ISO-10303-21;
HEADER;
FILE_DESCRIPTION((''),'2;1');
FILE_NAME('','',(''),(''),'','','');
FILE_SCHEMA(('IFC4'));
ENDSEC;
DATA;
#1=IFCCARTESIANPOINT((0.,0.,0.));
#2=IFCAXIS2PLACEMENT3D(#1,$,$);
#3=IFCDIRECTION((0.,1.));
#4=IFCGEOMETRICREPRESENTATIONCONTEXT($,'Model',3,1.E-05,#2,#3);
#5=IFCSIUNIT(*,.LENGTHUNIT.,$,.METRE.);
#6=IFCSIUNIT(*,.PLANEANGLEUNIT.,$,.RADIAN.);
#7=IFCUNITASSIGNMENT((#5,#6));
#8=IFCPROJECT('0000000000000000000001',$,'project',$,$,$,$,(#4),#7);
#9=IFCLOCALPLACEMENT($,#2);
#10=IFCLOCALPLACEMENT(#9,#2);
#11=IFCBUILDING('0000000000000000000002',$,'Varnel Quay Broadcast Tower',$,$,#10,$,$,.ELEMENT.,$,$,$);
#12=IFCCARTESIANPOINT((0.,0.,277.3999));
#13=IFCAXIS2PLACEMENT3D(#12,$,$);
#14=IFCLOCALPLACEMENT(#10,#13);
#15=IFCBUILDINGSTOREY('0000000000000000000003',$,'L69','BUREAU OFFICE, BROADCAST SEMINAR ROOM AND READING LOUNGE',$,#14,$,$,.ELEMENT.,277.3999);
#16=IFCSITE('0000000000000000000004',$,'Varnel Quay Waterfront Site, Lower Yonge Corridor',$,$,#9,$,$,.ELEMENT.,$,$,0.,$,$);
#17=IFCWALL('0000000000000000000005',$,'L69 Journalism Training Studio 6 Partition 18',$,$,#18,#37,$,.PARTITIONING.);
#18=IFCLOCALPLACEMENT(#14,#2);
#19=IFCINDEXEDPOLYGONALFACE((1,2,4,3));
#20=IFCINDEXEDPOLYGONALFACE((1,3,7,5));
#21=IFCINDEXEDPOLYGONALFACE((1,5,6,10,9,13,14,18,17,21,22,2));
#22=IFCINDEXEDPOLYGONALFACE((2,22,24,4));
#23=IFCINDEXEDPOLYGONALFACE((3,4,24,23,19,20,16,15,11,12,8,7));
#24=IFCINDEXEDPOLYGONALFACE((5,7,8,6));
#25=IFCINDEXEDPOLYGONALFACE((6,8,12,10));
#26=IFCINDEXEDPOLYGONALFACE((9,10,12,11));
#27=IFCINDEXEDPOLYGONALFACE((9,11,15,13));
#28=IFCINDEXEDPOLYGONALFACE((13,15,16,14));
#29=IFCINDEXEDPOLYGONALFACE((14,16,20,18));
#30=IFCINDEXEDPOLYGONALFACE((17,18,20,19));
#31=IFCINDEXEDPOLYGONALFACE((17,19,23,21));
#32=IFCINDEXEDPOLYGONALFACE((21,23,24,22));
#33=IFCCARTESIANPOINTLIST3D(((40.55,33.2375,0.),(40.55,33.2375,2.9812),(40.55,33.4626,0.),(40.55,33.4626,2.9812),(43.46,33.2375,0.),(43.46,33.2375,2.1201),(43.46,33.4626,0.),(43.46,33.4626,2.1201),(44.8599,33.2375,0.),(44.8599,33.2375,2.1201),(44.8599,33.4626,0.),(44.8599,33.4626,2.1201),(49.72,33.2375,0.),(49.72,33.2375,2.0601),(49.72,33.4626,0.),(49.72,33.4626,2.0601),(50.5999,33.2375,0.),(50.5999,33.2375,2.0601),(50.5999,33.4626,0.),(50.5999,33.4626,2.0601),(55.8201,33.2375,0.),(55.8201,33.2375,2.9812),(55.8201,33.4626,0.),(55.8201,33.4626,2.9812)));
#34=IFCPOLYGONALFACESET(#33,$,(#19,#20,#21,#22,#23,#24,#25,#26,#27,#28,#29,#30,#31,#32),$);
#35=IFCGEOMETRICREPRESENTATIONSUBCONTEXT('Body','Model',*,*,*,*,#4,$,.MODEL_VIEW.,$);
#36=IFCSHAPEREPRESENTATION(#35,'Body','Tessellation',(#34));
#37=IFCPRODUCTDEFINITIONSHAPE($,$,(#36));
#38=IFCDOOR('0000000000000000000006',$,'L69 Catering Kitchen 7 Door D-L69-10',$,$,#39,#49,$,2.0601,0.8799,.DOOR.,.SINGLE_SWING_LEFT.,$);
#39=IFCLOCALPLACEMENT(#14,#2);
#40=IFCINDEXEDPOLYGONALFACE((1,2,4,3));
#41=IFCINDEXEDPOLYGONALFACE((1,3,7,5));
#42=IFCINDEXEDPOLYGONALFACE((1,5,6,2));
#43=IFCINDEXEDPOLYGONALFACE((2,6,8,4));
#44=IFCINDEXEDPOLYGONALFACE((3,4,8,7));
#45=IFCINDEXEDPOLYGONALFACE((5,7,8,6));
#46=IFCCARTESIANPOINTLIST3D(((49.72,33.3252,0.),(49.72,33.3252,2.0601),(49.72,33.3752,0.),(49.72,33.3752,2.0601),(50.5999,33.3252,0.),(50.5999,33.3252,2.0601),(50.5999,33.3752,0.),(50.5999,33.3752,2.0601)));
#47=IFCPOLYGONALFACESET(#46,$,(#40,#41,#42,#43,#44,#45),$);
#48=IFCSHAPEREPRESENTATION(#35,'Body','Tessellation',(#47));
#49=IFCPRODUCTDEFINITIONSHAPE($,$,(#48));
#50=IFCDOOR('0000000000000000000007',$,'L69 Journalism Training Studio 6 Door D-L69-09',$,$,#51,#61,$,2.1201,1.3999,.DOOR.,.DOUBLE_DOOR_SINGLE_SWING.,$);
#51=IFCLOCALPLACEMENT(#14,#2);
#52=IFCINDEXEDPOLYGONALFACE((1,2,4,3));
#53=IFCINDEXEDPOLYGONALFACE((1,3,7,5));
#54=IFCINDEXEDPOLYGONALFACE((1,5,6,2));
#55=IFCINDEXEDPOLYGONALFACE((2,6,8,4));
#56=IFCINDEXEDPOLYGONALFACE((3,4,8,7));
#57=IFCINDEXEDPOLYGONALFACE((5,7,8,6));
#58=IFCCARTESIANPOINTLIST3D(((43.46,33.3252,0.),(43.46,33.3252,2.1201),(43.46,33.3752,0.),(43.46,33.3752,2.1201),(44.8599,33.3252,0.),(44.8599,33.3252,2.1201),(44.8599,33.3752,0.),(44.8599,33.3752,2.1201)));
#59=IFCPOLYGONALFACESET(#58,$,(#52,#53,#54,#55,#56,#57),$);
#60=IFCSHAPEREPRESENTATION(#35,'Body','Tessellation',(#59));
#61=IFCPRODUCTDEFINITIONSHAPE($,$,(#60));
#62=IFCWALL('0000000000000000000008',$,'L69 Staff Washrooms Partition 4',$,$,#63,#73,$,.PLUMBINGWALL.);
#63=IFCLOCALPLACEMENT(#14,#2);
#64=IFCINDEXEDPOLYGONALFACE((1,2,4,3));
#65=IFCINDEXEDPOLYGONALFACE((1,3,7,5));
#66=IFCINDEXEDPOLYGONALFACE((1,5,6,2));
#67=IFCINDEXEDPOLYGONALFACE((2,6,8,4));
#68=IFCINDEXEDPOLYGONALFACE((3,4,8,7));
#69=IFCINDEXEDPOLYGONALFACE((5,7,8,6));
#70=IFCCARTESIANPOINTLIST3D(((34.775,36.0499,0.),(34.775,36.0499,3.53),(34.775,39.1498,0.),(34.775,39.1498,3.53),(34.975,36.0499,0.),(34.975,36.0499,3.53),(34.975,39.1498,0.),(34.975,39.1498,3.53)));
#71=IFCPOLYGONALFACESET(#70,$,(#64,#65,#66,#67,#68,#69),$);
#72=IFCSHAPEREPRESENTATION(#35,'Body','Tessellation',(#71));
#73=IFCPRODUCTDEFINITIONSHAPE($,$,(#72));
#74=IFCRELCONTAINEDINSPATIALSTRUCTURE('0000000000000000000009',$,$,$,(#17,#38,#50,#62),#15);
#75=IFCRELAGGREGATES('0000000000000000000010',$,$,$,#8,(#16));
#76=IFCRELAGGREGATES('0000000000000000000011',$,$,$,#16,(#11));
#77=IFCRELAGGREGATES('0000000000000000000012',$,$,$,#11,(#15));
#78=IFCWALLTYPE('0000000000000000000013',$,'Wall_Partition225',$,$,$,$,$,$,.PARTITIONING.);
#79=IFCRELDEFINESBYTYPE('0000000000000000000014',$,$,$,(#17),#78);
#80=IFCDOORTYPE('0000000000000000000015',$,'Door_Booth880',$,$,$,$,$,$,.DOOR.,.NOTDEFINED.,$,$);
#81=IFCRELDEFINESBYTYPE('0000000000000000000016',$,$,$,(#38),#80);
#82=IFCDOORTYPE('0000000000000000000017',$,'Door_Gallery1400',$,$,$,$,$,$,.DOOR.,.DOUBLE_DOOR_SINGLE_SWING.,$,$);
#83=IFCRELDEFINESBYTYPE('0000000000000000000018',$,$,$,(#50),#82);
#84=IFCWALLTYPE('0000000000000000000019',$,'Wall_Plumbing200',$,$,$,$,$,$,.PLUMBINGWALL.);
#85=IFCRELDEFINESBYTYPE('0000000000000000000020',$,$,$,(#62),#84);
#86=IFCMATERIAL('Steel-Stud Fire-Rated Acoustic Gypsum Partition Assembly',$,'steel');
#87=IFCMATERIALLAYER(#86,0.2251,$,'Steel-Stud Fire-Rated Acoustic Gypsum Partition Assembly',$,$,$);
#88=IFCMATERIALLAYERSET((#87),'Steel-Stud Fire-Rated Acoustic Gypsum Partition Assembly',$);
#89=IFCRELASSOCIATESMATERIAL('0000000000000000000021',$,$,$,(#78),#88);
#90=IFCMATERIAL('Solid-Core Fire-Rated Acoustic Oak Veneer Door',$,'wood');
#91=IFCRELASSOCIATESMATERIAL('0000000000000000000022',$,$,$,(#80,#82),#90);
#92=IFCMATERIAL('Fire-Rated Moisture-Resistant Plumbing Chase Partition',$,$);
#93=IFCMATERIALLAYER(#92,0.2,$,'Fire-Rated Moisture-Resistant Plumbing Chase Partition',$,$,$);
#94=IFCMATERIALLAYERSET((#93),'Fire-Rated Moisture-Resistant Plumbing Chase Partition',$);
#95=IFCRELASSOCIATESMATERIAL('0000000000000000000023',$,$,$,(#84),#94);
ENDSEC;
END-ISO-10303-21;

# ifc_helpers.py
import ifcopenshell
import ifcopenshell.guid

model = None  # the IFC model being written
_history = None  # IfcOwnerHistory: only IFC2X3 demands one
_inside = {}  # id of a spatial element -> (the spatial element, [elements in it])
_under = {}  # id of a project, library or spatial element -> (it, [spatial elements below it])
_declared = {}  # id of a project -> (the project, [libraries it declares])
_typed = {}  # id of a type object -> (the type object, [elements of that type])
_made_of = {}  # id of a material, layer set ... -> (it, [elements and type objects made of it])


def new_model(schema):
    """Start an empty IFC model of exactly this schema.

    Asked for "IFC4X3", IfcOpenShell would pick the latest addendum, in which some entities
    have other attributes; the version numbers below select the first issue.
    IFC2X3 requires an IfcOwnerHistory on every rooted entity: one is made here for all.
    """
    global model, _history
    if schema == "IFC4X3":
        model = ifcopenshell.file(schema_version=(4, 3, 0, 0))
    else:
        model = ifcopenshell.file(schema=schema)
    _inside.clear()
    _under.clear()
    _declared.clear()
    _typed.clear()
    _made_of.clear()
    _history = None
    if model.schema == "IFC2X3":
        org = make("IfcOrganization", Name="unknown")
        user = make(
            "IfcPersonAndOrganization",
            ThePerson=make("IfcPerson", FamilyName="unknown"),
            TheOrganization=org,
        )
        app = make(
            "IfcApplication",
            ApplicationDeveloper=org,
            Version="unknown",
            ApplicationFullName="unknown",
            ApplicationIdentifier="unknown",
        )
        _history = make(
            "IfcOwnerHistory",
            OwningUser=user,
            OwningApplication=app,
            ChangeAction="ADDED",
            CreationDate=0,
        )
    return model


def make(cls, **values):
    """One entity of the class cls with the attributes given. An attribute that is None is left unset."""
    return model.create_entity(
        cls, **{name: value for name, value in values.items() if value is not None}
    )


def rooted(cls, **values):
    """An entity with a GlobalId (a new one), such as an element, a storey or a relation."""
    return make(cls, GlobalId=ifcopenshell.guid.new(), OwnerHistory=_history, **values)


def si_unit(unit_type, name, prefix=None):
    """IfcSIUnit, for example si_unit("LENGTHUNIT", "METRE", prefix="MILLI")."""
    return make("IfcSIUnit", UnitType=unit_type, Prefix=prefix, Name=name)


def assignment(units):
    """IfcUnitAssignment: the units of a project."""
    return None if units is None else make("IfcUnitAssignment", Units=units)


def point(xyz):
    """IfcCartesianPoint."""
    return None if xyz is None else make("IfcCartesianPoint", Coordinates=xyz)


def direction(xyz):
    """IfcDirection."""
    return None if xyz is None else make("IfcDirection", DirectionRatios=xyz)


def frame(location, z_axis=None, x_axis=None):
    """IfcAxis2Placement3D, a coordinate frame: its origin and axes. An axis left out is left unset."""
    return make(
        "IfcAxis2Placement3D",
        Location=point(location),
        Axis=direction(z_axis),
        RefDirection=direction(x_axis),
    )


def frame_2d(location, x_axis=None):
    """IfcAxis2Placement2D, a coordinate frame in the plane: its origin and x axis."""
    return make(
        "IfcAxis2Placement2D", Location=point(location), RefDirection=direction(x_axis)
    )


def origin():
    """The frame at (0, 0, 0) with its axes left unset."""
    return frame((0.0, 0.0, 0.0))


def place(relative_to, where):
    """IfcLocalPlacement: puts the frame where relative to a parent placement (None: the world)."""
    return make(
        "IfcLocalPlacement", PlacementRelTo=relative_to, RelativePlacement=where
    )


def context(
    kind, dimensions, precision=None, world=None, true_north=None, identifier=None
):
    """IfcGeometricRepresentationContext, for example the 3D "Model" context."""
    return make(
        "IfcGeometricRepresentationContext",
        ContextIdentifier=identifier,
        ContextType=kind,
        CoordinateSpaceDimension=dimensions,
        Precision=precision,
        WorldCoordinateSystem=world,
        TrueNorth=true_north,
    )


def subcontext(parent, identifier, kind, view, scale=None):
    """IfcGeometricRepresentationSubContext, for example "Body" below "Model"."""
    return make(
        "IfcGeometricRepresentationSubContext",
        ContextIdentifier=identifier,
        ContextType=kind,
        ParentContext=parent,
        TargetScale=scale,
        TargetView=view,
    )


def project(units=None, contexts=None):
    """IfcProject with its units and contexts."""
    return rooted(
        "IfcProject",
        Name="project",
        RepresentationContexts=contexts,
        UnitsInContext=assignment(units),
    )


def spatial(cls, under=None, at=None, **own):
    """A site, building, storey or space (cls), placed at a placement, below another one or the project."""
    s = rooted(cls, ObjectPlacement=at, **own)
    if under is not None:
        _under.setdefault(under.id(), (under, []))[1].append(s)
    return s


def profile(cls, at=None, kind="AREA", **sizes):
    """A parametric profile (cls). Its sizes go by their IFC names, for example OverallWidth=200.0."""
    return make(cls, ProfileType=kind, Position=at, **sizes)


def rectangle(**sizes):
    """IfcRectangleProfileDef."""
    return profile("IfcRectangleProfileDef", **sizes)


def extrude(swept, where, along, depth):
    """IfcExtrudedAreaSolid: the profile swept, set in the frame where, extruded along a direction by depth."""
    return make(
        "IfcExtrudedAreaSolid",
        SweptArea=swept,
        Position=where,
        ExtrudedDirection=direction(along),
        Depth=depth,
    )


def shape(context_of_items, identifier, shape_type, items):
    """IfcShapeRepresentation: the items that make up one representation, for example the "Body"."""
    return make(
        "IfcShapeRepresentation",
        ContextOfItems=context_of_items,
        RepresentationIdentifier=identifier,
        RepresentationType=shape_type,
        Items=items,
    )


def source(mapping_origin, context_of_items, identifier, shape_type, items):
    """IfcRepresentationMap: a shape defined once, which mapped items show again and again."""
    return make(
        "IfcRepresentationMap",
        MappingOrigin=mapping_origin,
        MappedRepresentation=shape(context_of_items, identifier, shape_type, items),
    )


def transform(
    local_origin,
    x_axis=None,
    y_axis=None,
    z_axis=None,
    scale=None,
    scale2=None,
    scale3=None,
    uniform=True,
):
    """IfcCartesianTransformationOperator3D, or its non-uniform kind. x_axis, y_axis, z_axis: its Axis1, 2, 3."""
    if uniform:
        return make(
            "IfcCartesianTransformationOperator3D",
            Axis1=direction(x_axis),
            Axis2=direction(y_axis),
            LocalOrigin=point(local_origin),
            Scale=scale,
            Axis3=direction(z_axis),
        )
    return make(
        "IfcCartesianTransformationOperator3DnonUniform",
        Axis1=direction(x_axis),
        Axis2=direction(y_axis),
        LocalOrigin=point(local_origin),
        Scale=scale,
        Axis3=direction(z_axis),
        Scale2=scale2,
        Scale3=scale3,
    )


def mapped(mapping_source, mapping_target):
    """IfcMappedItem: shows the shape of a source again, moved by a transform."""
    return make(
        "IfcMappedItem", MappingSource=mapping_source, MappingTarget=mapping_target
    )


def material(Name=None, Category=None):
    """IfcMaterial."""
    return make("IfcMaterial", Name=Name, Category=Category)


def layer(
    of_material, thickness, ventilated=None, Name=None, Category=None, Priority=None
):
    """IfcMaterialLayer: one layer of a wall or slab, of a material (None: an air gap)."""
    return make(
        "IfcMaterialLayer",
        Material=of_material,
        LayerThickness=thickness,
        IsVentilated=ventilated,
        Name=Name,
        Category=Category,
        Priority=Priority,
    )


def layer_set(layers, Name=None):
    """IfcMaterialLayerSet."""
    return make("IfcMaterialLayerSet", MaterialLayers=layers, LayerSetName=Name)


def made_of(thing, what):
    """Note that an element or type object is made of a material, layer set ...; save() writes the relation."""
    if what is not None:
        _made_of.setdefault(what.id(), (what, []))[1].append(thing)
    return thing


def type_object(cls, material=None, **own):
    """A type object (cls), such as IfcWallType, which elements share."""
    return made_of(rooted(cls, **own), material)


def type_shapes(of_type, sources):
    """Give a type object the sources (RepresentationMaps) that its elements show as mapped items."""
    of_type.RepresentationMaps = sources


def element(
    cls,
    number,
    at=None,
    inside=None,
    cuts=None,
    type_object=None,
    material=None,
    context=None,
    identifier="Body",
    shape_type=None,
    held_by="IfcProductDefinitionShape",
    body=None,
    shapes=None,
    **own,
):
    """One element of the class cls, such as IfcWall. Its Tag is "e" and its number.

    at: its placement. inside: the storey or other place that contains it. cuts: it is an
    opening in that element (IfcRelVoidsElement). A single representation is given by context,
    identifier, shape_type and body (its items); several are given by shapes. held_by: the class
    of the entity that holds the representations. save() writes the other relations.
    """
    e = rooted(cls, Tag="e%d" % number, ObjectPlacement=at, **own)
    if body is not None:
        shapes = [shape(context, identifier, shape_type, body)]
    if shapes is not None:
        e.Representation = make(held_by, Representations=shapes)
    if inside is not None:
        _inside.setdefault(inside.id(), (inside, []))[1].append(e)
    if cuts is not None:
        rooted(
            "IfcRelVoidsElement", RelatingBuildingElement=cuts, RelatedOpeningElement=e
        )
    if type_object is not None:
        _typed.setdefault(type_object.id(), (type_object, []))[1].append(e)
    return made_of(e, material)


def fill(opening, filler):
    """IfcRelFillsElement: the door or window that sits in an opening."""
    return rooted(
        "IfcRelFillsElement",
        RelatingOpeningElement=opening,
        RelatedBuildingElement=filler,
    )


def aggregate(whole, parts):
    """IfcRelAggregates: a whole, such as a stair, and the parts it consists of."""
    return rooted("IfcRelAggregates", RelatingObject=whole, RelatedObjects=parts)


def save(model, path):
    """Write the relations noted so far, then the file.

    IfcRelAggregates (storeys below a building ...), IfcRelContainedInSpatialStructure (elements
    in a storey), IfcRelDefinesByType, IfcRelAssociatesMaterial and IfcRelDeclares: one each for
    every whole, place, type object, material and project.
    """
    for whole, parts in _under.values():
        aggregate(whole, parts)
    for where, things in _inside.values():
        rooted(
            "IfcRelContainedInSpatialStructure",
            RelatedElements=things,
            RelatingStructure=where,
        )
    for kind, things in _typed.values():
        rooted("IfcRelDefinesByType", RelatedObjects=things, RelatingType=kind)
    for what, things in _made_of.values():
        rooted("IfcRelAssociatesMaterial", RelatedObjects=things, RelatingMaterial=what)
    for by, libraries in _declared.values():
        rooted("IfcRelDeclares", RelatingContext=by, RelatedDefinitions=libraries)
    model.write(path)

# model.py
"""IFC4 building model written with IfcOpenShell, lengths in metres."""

from ifc_helpers import new_model, si_unit, direction, frame, frame_2d, origin, place, context, subcontext, project, spatial, rectangle, extrude, source, transform, mapped, material, layer, layer_set, type_object, type_shapes, element, fill, save


model = new_model("IFC4")

# Units and contexts
model_context = context("Model", 3, precision=1e-05, world=origin(), true_north=direction((0.0, 1.0)))
body_context = subcontext(model_context, "Body", "Model", "MODEL_VIEW")
ifc_project = project(units=[si_unit("LENGTHUNIT", "METRE"), si_unit("PLANEANGLEUNIT", "RADIAN")], contexts=[model_context])

# Site, building, storey
site_placement = place(None, origin())
site = spatial("IfcSite", under=ifc_project, at=site_placement, Name="Varnel Quay Waterfront Site, Lower Yonge Corridor", CompositionType="ELEMENT", RefElevation=0.0)
building_placement = place(site_placement, origin())
building = spatial("IfcBuilding", under=site, at=building_placement, Name="Varnel Quay Broadcast Tower", CompositionType="ELEMENT")
storey_placement = place(building_placement, frame((0.0, 0.0, 277.3999)))
storey = spatial("IfcBuildingStorey", under=building, at=storey_placement, Name="L69", Description="BUREAU OFFICE, BROADCAST SEMINAR ROOM AND READING LOUNGE", CompositionType="ELEMENT", Elevation=277.3999)

# Shared definitions
ifc_material_1 = material(Name="Steel-Stud Fire-Rated Acoustic Gypsum Partition Assembly", Category="steel")

# Wall, openings, doors
ifc_layer_1 = layer(ifc_material_1, 0.2251, Name="Steel-Stud Fire-Rated Acoustic Gypsum Partition Assembly")
ifc_layer_set_1 = layer_set([ifc_layer_1], Name="Steel-Stud Fire-Rated Acoustic Gypsum Partition Assembly")
wall_type_1 = type_object("IfcWallType", Name="Wall_Partition225", PredefinedType="PARTITIONING", material=ifc_layer_set_1)
wall_1_placement = place(storey_placement, frame((40.55, 33.3501, 0.0), z_axis=(0.0, 0.0, 1.0), x_axis=(1.0, 0.0, 0.0)))
wall_1 = element("IfcWall", 1, at=wall_1_placement, inside=storey, type_object=wall_type_1, Name="L69 Journalism Training Studio 6 Partition 18", PredefinedType="PARTITIONING", context=body_context, shape_type="SweptSolid", body=[
    extrude(rectangle(XDim=15.27, YDim=0.2251, at=frame_2d((7.635, 0.0))), origin(), (0.0, 0.0, 1.0), 2.9812),
])
opening_1_placement = place(wall_1_placement, frame((2.9099, 0.0, 0.0)))
opening_1 = element("IfcOpeningElement", 2, at=opening_1_placement, cuts=wall_1, PredefinedType="OPENING", context=body_context, shape_type="SweptSolid", body=[
    extrude(rectangle(XDim=1.3999, YDim=2.1201, at=frame_2d((0.7, 1.0601))), frame((0.0, 0.1226, 0.0), z_axis=(0.0, -1.0, 0.0), x_axis=(1.0, 0.0, 0.0)), (0.0, 0.0, 1.0), 0.2451),
])
opening_2_placement = place(wall_1_placement, frame((9.1699, 0.0, 0.0)))
opening_2 = element("IfcOpeningElement", 3, at=opening_2_placement, cuts=wall_1, PredefinedType="OPENING", context=body_context, shape_type="SweptSolid", body=[
    extrude(rectangle(XDim=0.8799, YDim=2.0601, at=frame_2d((0.4399, 1.03))), frame((0.0, 0.1226, 0.0), z_axis=(0.0, -1.0, 0.0), x_axis=(1.0, 0.0, 0.0)), (0.0, 0.0, 1.0), 0.2451),
])
ifc_material_2 = material(Name="Solid-Core Fire-Rated Acoustic Oak Veneer Door", Category="wood")
door_type_1 = type_object("IfcDoorType", Name="Door_Booth880", OperationType="NOTDEFINED", PredefinedType="DOOR", material=ifc_material_2)
shared_shape_1 = source(origin(), body_context, "Body", "SweptSolid", [
    extrude(rectangle(XDim=0.8799, YDim=2.0601, at=frame_2d((0.4399, 1.03))), frame((0.0, 0.0249, 0.0), z_axis=(0.0, -1.0, 0.0), x_axis=(1.0, 0.0, 0.0)), (0.0, 0.0, 1.0), 0.05),
])
type_shapes(door_type_1, [shared_shape_1])
door_1_placement = place(opening_2_placement, frame((0.8799, 0.0, 0.0), z_axis=(0.0, 0.0, 1.0), x_axis=(-1.0, 0.0, 0.0)))
door_1 = element("IfcDoor", 4, at=door_1_placement, inside=storey, type_object=door_type_1, Name="L69 Catering Kitchen 7 Door D-L69-10", OperationType="SINGLE_SWING_LEFT", OverallHeight=2.0601, OverallWidth=0.8799, PredefinedType="DOOR", context=body_context, shape_type="MappedRepresentation", body=[
    mapped(shared_shape_1, transform((0.0, 0.0, 0.0), x_axis=(1.0, 0.0, 0.0), y_axis=(0.0, 1.0, 0.0), z_axis=(0.0, 0.0, 1.0), scale=1.0)),
])
fill(opening_2, door_1)
door_type_2 = type_object("IfcDoorType", Name="Door_Gallery1400", OperationType="DOUBLE_DOOR_SINGLE_SWING", PredefinedType="DOOR", material=ifc_material_2)
shared_shape_2 = source(origin(), body_context, "Body", "SweptSolid", [
    extrude(rectangle(XDim=1.3999, YDim=2.1201, at=frame_2d((0.7, 1.0601))), frame((0.0, 0.0249, 0.0), z_axis=(0.0, -1.0, 0.0), x_axis=(1.0, 0.0, 0.0)), (0.0, 0.0, 1.0), 0.05),
])
type_shapes(door_type_2, [shared_shape_2])
door_2_placement = place(opening_1_placement, frame((1.3999, 0.0, 0.0), z_axis=(0.0, 0.0, 1.0), x_axis=(-1.0, 0.0, 0.0)))
door_2 = element("IfcDoor", 5, at=door_2_placement, inside=storey, type_object=door_type_2, Name="L69 Journalism Training Studio 6 Door D-L69-09", OperationType="DOUBLE_DOOR_SINGLE_SWING", OverallHeight=2.1201, OverallWidth=1.3999, PredefinedType="DOOR", context=body_context, shape_type="MappedRepresentation", body=[
    mapped(shared_shape_2, transform((0.0, 0.0, 0.0), x_axis=(1.0, 0.0, 0.0), y_axis=(0.0, 1.0, 0.0), z_axis=(0.0, 0.0, 1.0), scale=1.0)),
])
fill(opening_1, door_2)

# Wall
ifc_material_3 = material(Name="Fire-Rated Moisture-Resistant Plumbing Chase Partition")
ifc_layer_2 = layer(ifc_material_3, 0.2, Name="Fire-Rated Moisture-Resistant Plumbing Chase Partition")
ifc_layer_set_2 = layer_set([ifc_layer_2], Name="Fire-Rated Moisture-Resistant Plumbing Chase Partition")
wall_type_2 = type_object("IfcWallType", Name="Wall_Plumbing200", PredefinedType="PLUMBINGWALL", material=ifc_layer_set_2)
wall_2_placement = place(storey_placement, frame((34.875, 36.05, 0.0), z_axis=(0.0, 0.0, 1.0), x_axis=(0.0, 1.0, 0.0)))
element("IfcWall", 6, at=wall_2_placement, inside=storey, type_object=wall_type_2, Name="L69 Staff Washrooms Partition 4", PredefinedType="PLUMBINGWALL", context=body_context, shape_type="SweptSolid", body=[
    extrude(rectangle(XDim=3.0999, YDim=0.2, at=frame_2d((1.5498, 0.0))), origin(), (0.0, 0.0, 1.0), 3.53),
])

save(model, "model.ifc")
